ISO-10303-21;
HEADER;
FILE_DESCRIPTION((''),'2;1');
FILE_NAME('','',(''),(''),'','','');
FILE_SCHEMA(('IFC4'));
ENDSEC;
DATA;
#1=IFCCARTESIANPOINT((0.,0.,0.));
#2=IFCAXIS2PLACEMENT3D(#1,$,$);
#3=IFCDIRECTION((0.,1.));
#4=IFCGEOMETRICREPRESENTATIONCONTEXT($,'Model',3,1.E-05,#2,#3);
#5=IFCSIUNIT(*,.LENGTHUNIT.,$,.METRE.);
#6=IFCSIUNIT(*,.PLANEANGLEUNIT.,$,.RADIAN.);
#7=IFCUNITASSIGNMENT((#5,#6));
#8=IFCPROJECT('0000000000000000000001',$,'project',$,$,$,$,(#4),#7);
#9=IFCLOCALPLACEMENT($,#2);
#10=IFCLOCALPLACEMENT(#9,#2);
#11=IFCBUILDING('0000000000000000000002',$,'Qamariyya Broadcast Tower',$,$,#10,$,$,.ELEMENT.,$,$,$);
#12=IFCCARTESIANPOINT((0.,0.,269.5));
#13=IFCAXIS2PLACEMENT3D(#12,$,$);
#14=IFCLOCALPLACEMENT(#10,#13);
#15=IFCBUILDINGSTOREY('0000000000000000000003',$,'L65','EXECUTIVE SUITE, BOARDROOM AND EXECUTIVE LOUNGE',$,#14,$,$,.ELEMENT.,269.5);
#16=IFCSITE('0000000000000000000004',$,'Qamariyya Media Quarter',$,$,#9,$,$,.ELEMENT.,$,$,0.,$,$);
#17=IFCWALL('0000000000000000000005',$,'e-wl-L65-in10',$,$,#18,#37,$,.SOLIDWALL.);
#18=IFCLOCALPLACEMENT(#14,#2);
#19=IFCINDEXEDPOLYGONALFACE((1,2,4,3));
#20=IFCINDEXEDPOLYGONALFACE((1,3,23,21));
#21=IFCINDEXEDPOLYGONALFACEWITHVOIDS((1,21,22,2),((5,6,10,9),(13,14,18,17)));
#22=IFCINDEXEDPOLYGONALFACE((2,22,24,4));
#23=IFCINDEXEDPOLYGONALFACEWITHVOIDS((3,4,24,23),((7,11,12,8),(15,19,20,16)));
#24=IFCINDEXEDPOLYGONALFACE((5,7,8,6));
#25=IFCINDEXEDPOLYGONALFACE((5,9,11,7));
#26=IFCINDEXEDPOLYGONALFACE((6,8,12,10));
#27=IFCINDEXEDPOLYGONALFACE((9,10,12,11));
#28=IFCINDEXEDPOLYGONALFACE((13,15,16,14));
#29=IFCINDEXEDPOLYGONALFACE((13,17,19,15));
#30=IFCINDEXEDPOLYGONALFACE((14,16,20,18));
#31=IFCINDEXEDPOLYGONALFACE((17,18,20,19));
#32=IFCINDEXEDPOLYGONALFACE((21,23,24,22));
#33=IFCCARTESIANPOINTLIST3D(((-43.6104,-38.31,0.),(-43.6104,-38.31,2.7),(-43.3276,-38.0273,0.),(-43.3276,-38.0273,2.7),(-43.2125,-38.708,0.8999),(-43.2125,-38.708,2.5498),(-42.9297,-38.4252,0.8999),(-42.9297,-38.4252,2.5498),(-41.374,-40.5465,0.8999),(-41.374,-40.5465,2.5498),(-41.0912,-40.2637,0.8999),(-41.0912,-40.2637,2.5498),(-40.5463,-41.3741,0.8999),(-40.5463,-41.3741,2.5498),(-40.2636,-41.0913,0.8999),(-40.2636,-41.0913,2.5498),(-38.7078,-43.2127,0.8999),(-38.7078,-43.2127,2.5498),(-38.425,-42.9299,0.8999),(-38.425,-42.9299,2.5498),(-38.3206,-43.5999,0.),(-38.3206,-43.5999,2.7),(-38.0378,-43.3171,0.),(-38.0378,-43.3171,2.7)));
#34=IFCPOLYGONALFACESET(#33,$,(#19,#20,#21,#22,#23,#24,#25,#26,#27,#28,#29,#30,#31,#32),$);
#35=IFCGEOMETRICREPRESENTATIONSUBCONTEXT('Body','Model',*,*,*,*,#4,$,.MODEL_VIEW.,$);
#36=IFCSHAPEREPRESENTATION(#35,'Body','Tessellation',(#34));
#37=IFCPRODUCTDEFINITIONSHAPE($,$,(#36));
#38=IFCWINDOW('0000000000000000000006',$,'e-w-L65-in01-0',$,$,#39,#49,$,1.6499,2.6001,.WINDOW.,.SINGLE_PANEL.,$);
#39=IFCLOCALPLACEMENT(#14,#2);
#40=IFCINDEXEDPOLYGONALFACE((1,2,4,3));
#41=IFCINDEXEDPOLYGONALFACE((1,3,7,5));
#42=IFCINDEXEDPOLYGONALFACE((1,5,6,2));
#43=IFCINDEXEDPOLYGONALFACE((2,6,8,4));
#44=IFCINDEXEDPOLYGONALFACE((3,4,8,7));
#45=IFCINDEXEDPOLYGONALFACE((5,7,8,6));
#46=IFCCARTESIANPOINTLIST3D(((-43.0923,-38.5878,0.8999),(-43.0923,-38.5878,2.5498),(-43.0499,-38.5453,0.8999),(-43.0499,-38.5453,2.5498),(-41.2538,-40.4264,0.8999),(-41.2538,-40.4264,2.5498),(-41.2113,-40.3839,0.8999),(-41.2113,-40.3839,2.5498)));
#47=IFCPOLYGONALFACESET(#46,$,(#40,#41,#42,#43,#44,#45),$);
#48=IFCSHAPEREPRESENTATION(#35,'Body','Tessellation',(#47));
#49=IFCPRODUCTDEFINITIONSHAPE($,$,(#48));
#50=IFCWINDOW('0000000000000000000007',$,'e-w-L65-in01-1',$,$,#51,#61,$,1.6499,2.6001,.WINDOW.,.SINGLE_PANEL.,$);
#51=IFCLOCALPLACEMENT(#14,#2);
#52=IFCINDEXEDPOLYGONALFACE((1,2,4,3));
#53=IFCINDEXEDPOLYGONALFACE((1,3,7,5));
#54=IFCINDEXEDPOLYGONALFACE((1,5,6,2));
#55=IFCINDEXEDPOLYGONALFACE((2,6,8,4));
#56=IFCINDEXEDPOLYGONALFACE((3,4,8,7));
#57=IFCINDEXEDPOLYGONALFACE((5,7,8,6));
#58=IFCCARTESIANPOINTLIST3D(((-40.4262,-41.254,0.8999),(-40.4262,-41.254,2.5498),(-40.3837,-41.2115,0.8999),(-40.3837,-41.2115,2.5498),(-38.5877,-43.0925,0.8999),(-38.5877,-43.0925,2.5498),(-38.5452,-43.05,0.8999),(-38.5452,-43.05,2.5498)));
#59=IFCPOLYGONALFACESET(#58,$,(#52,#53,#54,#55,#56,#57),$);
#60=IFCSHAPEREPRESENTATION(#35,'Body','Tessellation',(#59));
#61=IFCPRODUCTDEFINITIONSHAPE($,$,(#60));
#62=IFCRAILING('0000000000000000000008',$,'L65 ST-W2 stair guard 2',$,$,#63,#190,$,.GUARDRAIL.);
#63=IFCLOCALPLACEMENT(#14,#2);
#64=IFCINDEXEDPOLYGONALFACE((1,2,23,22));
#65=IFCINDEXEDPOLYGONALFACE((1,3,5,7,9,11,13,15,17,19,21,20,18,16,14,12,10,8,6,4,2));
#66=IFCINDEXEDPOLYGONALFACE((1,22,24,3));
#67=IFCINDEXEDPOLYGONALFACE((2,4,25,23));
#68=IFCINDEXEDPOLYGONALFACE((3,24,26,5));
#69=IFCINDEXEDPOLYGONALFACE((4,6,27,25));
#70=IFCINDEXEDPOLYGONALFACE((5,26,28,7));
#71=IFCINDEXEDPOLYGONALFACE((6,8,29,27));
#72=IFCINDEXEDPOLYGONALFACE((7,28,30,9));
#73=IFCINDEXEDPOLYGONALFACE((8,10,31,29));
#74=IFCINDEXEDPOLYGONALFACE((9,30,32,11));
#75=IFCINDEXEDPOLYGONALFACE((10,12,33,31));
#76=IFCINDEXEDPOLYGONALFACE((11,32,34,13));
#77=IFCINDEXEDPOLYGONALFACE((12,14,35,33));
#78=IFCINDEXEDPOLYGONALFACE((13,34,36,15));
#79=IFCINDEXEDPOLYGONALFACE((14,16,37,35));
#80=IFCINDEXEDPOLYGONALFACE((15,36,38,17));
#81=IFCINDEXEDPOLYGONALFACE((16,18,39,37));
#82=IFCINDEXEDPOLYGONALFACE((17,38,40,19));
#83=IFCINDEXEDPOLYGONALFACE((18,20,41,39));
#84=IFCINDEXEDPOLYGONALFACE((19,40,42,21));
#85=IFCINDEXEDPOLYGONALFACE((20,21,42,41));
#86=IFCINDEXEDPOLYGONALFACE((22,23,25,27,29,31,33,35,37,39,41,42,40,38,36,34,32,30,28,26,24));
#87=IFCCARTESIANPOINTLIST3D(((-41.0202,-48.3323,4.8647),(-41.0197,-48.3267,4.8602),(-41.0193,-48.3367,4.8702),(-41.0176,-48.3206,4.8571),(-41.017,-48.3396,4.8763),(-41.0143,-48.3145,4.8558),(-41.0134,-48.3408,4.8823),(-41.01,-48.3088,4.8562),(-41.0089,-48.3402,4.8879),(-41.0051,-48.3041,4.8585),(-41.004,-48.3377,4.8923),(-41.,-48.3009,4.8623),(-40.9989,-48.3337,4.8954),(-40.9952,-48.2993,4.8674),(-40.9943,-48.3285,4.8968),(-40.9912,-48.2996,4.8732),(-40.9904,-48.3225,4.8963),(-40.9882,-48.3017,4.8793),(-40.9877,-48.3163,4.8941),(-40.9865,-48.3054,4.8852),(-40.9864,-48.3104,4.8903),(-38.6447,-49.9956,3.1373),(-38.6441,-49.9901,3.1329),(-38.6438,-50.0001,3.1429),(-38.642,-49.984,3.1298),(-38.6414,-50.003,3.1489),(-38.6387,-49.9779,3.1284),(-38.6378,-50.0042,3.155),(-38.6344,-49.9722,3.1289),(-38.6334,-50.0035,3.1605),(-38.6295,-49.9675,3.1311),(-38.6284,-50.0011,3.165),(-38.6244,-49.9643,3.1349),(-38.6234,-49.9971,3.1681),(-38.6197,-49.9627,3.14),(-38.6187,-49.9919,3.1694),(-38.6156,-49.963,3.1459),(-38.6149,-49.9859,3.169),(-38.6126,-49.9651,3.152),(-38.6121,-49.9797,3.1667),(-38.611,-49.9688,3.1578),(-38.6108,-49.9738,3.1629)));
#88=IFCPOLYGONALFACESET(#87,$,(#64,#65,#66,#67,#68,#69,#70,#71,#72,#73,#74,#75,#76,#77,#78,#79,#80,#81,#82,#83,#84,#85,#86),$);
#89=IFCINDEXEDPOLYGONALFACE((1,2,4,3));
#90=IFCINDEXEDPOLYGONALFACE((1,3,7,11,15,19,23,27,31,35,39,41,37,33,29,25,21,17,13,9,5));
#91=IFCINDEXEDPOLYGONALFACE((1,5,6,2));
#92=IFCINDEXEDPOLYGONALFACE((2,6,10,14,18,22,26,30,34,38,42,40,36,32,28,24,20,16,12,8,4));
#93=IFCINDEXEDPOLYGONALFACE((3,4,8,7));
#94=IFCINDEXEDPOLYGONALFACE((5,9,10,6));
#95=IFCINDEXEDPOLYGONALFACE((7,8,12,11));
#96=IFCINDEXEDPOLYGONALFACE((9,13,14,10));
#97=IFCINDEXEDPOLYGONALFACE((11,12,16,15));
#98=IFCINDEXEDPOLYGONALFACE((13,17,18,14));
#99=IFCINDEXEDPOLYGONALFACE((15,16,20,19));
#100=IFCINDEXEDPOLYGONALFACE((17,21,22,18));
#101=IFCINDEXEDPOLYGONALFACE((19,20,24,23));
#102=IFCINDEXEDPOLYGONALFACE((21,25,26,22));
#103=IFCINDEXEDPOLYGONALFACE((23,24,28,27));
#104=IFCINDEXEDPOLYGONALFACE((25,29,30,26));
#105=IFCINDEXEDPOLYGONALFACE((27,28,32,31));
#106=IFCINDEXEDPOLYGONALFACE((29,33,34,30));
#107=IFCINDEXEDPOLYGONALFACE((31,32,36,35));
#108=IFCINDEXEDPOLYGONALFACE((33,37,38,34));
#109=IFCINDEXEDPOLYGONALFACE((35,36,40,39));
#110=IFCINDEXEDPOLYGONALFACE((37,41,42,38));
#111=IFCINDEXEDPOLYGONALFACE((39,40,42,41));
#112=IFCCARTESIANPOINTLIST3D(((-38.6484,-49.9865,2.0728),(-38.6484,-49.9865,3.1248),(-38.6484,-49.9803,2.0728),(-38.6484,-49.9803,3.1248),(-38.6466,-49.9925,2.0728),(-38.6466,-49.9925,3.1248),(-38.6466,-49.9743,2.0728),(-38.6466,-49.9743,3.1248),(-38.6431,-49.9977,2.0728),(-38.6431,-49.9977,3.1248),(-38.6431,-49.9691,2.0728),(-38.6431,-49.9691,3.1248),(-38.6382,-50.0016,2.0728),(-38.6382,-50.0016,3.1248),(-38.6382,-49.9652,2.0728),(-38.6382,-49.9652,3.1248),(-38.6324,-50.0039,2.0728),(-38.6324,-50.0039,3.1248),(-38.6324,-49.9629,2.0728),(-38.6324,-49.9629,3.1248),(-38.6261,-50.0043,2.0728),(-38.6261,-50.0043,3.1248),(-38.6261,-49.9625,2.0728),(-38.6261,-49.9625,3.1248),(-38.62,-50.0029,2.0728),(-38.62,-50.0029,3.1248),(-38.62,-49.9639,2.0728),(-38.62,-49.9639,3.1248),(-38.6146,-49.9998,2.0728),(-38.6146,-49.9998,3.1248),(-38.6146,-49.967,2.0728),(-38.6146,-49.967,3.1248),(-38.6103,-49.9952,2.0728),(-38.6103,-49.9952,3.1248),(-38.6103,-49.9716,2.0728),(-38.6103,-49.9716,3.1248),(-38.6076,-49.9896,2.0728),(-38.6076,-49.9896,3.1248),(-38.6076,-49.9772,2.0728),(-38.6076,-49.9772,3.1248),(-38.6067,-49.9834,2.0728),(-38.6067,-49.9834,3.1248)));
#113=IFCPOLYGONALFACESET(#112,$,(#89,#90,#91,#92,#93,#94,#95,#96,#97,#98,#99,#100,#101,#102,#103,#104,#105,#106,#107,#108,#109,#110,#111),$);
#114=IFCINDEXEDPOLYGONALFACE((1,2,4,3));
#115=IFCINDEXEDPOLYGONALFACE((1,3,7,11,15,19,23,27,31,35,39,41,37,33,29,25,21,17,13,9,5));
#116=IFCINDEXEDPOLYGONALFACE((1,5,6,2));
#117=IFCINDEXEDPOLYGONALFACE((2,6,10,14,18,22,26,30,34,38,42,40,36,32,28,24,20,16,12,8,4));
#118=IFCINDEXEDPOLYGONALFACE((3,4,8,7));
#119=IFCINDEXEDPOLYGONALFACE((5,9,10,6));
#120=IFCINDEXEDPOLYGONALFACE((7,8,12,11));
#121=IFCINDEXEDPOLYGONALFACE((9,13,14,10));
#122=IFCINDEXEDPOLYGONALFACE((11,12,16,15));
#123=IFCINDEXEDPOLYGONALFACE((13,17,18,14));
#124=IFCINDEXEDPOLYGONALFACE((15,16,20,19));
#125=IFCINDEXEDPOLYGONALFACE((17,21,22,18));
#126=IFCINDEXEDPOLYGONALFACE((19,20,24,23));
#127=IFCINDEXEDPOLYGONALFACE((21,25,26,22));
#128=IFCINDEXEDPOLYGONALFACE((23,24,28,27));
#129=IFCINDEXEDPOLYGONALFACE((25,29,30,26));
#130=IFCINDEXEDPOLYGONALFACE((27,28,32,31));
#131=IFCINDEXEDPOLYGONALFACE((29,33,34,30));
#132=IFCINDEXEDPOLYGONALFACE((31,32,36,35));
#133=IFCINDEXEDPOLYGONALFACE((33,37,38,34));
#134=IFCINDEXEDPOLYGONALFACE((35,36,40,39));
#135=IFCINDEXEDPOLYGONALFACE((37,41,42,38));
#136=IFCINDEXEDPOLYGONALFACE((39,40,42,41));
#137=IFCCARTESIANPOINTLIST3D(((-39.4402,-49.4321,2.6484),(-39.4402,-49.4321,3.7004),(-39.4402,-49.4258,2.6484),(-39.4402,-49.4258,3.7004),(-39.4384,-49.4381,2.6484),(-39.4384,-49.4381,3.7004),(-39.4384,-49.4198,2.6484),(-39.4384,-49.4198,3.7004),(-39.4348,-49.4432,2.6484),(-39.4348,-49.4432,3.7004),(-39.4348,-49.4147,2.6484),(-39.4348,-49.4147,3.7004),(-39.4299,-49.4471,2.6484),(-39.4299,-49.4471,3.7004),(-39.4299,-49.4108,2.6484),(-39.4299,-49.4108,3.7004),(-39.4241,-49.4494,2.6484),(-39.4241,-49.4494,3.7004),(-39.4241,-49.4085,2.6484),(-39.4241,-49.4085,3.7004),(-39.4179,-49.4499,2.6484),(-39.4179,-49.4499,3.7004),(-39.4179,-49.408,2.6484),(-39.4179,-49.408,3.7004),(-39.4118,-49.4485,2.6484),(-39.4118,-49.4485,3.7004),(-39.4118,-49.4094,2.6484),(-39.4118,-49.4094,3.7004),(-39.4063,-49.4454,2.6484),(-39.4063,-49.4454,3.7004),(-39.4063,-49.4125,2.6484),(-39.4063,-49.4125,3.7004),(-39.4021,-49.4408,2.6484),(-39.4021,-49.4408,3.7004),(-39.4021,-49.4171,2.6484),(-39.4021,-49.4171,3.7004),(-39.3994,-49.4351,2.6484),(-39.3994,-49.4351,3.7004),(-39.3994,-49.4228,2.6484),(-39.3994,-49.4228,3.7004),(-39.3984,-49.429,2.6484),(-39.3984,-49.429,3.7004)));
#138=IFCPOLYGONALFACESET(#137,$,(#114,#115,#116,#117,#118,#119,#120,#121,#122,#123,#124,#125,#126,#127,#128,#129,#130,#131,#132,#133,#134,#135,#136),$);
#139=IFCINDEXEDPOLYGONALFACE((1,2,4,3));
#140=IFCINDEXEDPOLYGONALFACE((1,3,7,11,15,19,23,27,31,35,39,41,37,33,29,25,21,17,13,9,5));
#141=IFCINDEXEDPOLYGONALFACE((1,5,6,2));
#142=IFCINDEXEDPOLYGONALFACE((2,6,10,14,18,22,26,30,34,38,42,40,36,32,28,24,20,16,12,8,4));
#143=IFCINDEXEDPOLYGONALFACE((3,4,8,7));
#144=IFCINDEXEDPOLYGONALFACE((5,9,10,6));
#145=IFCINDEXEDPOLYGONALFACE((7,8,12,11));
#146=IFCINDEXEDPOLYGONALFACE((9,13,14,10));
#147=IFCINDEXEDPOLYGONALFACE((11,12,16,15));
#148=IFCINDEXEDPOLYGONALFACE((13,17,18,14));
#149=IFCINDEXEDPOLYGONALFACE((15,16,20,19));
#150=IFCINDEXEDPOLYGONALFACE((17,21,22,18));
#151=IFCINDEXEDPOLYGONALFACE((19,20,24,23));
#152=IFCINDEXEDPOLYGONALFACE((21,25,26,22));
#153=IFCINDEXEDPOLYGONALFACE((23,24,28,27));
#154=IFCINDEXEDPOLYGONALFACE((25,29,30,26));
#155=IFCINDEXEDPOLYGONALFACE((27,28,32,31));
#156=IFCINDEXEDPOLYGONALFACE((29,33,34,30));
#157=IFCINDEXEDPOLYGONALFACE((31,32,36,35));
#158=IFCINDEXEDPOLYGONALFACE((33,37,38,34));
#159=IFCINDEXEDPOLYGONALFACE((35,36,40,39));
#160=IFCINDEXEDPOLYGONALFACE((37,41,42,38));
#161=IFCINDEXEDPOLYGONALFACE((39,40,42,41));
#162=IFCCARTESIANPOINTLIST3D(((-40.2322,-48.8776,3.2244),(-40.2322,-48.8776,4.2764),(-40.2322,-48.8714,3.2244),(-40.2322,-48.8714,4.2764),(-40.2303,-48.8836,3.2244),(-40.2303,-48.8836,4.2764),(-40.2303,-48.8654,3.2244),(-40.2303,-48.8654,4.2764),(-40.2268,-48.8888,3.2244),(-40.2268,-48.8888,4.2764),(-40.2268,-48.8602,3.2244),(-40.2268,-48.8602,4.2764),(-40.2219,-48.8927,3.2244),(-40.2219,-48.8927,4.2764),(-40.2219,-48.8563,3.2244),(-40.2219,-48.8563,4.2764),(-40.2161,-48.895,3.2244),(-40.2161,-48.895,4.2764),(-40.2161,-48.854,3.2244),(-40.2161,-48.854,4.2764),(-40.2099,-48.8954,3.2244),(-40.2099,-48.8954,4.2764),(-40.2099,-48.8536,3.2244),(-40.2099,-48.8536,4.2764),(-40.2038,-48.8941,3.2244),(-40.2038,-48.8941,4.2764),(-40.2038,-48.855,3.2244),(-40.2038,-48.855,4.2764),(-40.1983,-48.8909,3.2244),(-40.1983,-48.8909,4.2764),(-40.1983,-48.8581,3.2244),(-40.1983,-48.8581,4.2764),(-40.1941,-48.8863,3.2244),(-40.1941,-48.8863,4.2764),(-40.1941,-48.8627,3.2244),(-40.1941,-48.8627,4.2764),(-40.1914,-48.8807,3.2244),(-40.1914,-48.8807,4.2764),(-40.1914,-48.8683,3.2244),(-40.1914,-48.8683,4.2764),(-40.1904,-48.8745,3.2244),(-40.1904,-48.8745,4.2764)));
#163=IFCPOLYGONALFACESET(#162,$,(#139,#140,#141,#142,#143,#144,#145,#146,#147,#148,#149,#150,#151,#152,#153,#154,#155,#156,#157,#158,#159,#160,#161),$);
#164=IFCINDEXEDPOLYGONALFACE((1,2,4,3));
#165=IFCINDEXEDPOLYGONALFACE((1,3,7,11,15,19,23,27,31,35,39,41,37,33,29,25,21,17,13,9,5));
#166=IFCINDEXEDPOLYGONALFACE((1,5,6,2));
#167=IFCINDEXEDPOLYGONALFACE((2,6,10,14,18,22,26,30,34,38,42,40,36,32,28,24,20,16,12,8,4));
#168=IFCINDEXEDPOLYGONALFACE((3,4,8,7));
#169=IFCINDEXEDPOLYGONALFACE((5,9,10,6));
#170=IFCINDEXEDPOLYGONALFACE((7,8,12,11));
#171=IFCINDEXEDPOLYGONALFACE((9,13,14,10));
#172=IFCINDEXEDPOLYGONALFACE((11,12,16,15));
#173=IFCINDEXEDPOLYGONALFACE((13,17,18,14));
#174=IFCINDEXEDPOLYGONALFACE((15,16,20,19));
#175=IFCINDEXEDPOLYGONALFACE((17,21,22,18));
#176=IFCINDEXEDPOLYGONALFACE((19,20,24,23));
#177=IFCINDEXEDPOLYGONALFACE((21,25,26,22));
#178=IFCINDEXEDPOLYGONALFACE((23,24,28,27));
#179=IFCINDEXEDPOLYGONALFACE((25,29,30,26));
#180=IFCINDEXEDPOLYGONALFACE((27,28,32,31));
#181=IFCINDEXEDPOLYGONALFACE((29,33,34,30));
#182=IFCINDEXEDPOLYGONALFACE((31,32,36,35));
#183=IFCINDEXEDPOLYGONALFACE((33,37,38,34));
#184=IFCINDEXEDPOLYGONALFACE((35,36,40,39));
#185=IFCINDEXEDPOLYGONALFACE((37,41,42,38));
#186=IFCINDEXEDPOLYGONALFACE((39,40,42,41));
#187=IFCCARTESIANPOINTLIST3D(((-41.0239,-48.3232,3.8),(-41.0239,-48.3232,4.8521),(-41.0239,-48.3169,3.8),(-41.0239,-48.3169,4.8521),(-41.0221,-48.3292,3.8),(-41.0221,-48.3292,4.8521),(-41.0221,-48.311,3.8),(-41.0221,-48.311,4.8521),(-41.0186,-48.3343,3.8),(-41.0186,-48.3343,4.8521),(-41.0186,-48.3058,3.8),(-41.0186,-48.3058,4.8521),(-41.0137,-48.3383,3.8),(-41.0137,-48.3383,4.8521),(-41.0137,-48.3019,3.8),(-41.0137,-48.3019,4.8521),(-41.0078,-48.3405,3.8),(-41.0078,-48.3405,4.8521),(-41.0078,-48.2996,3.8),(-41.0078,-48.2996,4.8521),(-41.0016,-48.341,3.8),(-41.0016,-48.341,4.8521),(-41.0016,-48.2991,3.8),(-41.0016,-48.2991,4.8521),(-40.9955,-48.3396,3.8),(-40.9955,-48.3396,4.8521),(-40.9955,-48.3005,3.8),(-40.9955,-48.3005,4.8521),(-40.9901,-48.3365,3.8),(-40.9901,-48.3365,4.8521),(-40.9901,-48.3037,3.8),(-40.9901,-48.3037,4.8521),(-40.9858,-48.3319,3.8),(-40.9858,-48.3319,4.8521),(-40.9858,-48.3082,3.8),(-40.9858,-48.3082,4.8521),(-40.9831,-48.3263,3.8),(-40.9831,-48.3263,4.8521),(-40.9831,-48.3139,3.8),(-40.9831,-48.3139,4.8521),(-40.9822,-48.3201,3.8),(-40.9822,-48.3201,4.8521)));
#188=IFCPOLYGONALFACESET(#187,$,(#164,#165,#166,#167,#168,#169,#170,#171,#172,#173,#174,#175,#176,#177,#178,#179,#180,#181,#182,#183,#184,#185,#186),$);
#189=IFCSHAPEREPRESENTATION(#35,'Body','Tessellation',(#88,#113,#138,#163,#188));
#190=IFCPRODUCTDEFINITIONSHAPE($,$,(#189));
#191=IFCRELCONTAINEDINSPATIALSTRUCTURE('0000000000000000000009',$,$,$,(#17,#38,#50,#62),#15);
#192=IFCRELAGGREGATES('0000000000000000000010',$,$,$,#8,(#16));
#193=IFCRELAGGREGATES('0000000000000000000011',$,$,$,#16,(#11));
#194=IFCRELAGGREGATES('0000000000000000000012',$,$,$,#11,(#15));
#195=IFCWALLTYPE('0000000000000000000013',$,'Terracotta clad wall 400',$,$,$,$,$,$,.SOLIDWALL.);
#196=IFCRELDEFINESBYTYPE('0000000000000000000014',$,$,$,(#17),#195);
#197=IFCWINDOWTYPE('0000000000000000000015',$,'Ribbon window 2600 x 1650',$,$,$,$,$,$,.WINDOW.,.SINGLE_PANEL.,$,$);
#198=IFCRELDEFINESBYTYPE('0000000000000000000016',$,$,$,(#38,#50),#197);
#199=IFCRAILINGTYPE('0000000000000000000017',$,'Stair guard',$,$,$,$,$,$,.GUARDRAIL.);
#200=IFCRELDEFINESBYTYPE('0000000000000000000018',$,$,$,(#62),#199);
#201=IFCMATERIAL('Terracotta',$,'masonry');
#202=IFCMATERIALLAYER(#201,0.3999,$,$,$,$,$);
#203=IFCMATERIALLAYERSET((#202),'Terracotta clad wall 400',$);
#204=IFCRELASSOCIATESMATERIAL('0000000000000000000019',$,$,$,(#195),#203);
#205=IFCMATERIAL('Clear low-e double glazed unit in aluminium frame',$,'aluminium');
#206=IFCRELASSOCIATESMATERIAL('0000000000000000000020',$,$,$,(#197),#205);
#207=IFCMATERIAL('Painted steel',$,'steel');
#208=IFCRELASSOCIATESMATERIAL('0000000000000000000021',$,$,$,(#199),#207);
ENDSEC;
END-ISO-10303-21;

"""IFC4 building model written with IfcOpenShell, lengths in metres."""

from ifc_helpers import new_model, si_unit, direction, frame, frame_2d, origin, origin_2d, place, context, subcontext, project, spatial, rectangle, circle, extrude, material, layer, layer_set, type_object, element, fill, save


model = new_model("IFC4")

# Units and contexts
model_context = context("Model", 3, precision=1e-05, world=origin(), true_north=direction((0.0, 1.0)))
body_context = subcontext(model_context, "Body", "Model", "MODEL_VIEW")
ifc_project = project(units=[si_unit("LENGTHUNIT", "METRE"), si_unit("PLANEANGLEUNIT", "RADIAN")], contexts=[model_context])

# Site, building, storey
site_placement = place(None, origin())
site = spatial("IfcSite", under=ifc_project, at=site_placement, Name="Qamariyya Media Quarter", CompositionType="ELEMENT", RefElevation=0.0)
building_placement = place(site_placement, origin())
building = spatial("IfcBuilding", under=site, at=building_placement, Name="Qamariyya Broadcast Tower", CompositionType="ELEMENT")
storey_placement = place(building_placement, frame((0.0, 0.0, 269.5)))
storey = spatial("IfcBuildingStorey", under=building, at=storey_placement, Name="L65", Description="EXECUTIVE SUITE, BOARDROOM AND EXECUTIVE LOUNGE", CompositionType="ELEMENT", Elevation=269.5)

# Shared definitions
ifc_material_1 = material(Name="Terracotta", Category="masonry")
ifc_layer_1 = layer(ifc_material_1, 0.3999)
ifc_layer_set_1 = layer_set([ifc_layer_1], Name="Terracotta clad wall 400")
wall_type_1 = type_object("IfcWallType", Name="Terracotta clad wall 400", PredefinedType="SOLIDWALL", material=ifc_layer_set_1)

# Wall, openings, windows
wall_1_placement = place(storey_placement, frame((-38.1792, -43.4585, 0.0), z_axis=(0.0, 0.0, 1.0), x_axis=(-0.707107, 0.707107, 0.0)))
wall_1 = element("IfcWall", 1, at=wall_1_placement, inside=storey, type_object=wall_type_1, Name="e-wl-L65-in10", PredefinedType="SOLIDWALL", context=body_context, shape_type="SweptSolid", body=[
    extrude(rectangle(XDim=7.481, YDim=0.3999, at=frame_2d((3.7405, 0.0))), origin(), (0.0, 0.0, 1.0), 2.7),
])
opening_1_placement = place(wall_1_placement, frame((4.3181, 0.0, 0.8999)))
opening_1 = element("IfcOpeningElement", 2, at=opening_1_placement, cuts=wall_1, PredefinedType="OPENING", context=body_context, shape_type="SweptSolid", body=[
    extrude(rectangle(XDim=2.6001, YDim=1.6499, at=frame_2d((1.3, 0.825))), frame((0.0, 0.21, 0.0), z_axis=(0.0, -1.0, 0.0), x_axis=(1.0, 0.0, 0.0)), (0.0, 0.0, 1.0), 0.4199),
])
opening_2_placement = place(wall_1_placement, frame((0.5476, 0.0, 0.8999)))
opening_2 = element("IfcOpeningElement", 3, at=opening_2_placement, cuts=wall_1, PredefinedType="OPENING", context=body_context, shape_type="SweptSolid", body=[
    extrude(rectangle(XDim=2.6001, YDim=1.6499, at=frame_2d((1.3, 0.825))), frame((0.0, 0.21, 0.0), z_axis=(0.0, -1.0, 0.0), x_axis=(1.0, 0.0, 0.0)), (0.0, 0.0, 1.0), 0.4199),
])
ifc_material_2 = material(Name="Clear low-e double glazed unit in aluminium frame", Category="aluminium")
window_type = type_object("IfcWindowType", Name="Ribbon window 2600 x 1650", PartitioningType="SINGLE_PANEL", PredefinedType="WINDOW", material=ifc_material_2)
window_1_placement = place(opening_1_placement, origin())
window_1 = element("IfcWindow", 4, at=window_1_placement, inside=storey, type_object=window_type, Name="e-w-L65-in01-0", OverallHeight=1.6499, OverallWidth=2.6001, PartitioningType="SINGLE_PANEL", PredefinedType="WINDOW", context=body_context, shape_type="SweptSolid", body=[
    extrude(rectangle(XDim=2.6001, YDim=1.6499, at=frame_2d((1.3, 0.825))), frame((0.0, 0.03, 0.0), z_axis=(0.0, -1.0, 0.0), x_axis=(1.0, 0.0, 0.0)), (0.0, 0.0, 1.0), 0.0601),
])
fill(opening_1, window_1)
window_2_placement = place(opening_2_placement, origin())
window_2 = element("IfcWindow", 5, at=window_2_placement, inside=storey, type_object=window_type, Name="e-w-L65-in01-1", OverallHeight=1.6499, OverallWidth=2.6001, PartitioningType="SINGLE_PANEL", PredefinedType="WINDOW", context=body_context, shape_type="SweptSolid", body=[
    extrude(rectangle(XDim=2.6001, YDim=1.6499, at=frame_2d((1.3, 0.825))), frame((0.0, 0.03, 0.0), z_axis=(0.0, -1.0, 0.0), x_axis=(1.0, 0.0, 0.0)), (0.0, 0.0, 1.0), 0.0601),
])
fill(opening_2, window_2)

# Railing
ifc_material_3 = material(Name="Painted steel", Category="steel")
railing_type_1 = type_object("IfcRailingType", Name="Stair guard", PredefinedType="GUARDRAIL", material=ifc_material_3)
railing_1_placement = place(storey_placement, frame((-38.6277, -49.9834, 2.0728)))
element("IfcRailing", 6, at=railing_1_placement, inside=storey, type_object=railing_type_1, Name="L65 ST-W2 stair guard 2", PredefinedType="GUARDRAIL", context=body_context, shape_type="SweptSolid", body=[
    extrude(circle(Radius=0.0239, at=origin_2d()), frame((0.0, 0.0, 1.0762), z_axis=(-0.70377, 0.492784, 0.511734), x_axis=(-0.573575, -0.819153, 0.0)), (0.0, 0.0, 1.0), 3.3755),
    extrude(circle(Radius=0.021, at=origin_2d()), origin(), (0.0, 0.0, 1.0), 1.052),
    extrude(circle(Radius=0.021, at=origin_2d()), frame((-0.7917, 0.5544, 0.5757)), (0.0, 0.0, 1.0), 1.052),
    extrude(circle(Radius=0.021, at=origin_2d()), frame((-1.5837, 1.1089, 1.1516)), (0.0, 0.0, 1.0), 1.052),
    extrude(circle(Radius=0.021, at=origin_2d()), frame((-2.3755, 1.6633, 1.7273)), (0.0, 0.0, 1.0), 1.052),
])

save(model, "model.ifc")
